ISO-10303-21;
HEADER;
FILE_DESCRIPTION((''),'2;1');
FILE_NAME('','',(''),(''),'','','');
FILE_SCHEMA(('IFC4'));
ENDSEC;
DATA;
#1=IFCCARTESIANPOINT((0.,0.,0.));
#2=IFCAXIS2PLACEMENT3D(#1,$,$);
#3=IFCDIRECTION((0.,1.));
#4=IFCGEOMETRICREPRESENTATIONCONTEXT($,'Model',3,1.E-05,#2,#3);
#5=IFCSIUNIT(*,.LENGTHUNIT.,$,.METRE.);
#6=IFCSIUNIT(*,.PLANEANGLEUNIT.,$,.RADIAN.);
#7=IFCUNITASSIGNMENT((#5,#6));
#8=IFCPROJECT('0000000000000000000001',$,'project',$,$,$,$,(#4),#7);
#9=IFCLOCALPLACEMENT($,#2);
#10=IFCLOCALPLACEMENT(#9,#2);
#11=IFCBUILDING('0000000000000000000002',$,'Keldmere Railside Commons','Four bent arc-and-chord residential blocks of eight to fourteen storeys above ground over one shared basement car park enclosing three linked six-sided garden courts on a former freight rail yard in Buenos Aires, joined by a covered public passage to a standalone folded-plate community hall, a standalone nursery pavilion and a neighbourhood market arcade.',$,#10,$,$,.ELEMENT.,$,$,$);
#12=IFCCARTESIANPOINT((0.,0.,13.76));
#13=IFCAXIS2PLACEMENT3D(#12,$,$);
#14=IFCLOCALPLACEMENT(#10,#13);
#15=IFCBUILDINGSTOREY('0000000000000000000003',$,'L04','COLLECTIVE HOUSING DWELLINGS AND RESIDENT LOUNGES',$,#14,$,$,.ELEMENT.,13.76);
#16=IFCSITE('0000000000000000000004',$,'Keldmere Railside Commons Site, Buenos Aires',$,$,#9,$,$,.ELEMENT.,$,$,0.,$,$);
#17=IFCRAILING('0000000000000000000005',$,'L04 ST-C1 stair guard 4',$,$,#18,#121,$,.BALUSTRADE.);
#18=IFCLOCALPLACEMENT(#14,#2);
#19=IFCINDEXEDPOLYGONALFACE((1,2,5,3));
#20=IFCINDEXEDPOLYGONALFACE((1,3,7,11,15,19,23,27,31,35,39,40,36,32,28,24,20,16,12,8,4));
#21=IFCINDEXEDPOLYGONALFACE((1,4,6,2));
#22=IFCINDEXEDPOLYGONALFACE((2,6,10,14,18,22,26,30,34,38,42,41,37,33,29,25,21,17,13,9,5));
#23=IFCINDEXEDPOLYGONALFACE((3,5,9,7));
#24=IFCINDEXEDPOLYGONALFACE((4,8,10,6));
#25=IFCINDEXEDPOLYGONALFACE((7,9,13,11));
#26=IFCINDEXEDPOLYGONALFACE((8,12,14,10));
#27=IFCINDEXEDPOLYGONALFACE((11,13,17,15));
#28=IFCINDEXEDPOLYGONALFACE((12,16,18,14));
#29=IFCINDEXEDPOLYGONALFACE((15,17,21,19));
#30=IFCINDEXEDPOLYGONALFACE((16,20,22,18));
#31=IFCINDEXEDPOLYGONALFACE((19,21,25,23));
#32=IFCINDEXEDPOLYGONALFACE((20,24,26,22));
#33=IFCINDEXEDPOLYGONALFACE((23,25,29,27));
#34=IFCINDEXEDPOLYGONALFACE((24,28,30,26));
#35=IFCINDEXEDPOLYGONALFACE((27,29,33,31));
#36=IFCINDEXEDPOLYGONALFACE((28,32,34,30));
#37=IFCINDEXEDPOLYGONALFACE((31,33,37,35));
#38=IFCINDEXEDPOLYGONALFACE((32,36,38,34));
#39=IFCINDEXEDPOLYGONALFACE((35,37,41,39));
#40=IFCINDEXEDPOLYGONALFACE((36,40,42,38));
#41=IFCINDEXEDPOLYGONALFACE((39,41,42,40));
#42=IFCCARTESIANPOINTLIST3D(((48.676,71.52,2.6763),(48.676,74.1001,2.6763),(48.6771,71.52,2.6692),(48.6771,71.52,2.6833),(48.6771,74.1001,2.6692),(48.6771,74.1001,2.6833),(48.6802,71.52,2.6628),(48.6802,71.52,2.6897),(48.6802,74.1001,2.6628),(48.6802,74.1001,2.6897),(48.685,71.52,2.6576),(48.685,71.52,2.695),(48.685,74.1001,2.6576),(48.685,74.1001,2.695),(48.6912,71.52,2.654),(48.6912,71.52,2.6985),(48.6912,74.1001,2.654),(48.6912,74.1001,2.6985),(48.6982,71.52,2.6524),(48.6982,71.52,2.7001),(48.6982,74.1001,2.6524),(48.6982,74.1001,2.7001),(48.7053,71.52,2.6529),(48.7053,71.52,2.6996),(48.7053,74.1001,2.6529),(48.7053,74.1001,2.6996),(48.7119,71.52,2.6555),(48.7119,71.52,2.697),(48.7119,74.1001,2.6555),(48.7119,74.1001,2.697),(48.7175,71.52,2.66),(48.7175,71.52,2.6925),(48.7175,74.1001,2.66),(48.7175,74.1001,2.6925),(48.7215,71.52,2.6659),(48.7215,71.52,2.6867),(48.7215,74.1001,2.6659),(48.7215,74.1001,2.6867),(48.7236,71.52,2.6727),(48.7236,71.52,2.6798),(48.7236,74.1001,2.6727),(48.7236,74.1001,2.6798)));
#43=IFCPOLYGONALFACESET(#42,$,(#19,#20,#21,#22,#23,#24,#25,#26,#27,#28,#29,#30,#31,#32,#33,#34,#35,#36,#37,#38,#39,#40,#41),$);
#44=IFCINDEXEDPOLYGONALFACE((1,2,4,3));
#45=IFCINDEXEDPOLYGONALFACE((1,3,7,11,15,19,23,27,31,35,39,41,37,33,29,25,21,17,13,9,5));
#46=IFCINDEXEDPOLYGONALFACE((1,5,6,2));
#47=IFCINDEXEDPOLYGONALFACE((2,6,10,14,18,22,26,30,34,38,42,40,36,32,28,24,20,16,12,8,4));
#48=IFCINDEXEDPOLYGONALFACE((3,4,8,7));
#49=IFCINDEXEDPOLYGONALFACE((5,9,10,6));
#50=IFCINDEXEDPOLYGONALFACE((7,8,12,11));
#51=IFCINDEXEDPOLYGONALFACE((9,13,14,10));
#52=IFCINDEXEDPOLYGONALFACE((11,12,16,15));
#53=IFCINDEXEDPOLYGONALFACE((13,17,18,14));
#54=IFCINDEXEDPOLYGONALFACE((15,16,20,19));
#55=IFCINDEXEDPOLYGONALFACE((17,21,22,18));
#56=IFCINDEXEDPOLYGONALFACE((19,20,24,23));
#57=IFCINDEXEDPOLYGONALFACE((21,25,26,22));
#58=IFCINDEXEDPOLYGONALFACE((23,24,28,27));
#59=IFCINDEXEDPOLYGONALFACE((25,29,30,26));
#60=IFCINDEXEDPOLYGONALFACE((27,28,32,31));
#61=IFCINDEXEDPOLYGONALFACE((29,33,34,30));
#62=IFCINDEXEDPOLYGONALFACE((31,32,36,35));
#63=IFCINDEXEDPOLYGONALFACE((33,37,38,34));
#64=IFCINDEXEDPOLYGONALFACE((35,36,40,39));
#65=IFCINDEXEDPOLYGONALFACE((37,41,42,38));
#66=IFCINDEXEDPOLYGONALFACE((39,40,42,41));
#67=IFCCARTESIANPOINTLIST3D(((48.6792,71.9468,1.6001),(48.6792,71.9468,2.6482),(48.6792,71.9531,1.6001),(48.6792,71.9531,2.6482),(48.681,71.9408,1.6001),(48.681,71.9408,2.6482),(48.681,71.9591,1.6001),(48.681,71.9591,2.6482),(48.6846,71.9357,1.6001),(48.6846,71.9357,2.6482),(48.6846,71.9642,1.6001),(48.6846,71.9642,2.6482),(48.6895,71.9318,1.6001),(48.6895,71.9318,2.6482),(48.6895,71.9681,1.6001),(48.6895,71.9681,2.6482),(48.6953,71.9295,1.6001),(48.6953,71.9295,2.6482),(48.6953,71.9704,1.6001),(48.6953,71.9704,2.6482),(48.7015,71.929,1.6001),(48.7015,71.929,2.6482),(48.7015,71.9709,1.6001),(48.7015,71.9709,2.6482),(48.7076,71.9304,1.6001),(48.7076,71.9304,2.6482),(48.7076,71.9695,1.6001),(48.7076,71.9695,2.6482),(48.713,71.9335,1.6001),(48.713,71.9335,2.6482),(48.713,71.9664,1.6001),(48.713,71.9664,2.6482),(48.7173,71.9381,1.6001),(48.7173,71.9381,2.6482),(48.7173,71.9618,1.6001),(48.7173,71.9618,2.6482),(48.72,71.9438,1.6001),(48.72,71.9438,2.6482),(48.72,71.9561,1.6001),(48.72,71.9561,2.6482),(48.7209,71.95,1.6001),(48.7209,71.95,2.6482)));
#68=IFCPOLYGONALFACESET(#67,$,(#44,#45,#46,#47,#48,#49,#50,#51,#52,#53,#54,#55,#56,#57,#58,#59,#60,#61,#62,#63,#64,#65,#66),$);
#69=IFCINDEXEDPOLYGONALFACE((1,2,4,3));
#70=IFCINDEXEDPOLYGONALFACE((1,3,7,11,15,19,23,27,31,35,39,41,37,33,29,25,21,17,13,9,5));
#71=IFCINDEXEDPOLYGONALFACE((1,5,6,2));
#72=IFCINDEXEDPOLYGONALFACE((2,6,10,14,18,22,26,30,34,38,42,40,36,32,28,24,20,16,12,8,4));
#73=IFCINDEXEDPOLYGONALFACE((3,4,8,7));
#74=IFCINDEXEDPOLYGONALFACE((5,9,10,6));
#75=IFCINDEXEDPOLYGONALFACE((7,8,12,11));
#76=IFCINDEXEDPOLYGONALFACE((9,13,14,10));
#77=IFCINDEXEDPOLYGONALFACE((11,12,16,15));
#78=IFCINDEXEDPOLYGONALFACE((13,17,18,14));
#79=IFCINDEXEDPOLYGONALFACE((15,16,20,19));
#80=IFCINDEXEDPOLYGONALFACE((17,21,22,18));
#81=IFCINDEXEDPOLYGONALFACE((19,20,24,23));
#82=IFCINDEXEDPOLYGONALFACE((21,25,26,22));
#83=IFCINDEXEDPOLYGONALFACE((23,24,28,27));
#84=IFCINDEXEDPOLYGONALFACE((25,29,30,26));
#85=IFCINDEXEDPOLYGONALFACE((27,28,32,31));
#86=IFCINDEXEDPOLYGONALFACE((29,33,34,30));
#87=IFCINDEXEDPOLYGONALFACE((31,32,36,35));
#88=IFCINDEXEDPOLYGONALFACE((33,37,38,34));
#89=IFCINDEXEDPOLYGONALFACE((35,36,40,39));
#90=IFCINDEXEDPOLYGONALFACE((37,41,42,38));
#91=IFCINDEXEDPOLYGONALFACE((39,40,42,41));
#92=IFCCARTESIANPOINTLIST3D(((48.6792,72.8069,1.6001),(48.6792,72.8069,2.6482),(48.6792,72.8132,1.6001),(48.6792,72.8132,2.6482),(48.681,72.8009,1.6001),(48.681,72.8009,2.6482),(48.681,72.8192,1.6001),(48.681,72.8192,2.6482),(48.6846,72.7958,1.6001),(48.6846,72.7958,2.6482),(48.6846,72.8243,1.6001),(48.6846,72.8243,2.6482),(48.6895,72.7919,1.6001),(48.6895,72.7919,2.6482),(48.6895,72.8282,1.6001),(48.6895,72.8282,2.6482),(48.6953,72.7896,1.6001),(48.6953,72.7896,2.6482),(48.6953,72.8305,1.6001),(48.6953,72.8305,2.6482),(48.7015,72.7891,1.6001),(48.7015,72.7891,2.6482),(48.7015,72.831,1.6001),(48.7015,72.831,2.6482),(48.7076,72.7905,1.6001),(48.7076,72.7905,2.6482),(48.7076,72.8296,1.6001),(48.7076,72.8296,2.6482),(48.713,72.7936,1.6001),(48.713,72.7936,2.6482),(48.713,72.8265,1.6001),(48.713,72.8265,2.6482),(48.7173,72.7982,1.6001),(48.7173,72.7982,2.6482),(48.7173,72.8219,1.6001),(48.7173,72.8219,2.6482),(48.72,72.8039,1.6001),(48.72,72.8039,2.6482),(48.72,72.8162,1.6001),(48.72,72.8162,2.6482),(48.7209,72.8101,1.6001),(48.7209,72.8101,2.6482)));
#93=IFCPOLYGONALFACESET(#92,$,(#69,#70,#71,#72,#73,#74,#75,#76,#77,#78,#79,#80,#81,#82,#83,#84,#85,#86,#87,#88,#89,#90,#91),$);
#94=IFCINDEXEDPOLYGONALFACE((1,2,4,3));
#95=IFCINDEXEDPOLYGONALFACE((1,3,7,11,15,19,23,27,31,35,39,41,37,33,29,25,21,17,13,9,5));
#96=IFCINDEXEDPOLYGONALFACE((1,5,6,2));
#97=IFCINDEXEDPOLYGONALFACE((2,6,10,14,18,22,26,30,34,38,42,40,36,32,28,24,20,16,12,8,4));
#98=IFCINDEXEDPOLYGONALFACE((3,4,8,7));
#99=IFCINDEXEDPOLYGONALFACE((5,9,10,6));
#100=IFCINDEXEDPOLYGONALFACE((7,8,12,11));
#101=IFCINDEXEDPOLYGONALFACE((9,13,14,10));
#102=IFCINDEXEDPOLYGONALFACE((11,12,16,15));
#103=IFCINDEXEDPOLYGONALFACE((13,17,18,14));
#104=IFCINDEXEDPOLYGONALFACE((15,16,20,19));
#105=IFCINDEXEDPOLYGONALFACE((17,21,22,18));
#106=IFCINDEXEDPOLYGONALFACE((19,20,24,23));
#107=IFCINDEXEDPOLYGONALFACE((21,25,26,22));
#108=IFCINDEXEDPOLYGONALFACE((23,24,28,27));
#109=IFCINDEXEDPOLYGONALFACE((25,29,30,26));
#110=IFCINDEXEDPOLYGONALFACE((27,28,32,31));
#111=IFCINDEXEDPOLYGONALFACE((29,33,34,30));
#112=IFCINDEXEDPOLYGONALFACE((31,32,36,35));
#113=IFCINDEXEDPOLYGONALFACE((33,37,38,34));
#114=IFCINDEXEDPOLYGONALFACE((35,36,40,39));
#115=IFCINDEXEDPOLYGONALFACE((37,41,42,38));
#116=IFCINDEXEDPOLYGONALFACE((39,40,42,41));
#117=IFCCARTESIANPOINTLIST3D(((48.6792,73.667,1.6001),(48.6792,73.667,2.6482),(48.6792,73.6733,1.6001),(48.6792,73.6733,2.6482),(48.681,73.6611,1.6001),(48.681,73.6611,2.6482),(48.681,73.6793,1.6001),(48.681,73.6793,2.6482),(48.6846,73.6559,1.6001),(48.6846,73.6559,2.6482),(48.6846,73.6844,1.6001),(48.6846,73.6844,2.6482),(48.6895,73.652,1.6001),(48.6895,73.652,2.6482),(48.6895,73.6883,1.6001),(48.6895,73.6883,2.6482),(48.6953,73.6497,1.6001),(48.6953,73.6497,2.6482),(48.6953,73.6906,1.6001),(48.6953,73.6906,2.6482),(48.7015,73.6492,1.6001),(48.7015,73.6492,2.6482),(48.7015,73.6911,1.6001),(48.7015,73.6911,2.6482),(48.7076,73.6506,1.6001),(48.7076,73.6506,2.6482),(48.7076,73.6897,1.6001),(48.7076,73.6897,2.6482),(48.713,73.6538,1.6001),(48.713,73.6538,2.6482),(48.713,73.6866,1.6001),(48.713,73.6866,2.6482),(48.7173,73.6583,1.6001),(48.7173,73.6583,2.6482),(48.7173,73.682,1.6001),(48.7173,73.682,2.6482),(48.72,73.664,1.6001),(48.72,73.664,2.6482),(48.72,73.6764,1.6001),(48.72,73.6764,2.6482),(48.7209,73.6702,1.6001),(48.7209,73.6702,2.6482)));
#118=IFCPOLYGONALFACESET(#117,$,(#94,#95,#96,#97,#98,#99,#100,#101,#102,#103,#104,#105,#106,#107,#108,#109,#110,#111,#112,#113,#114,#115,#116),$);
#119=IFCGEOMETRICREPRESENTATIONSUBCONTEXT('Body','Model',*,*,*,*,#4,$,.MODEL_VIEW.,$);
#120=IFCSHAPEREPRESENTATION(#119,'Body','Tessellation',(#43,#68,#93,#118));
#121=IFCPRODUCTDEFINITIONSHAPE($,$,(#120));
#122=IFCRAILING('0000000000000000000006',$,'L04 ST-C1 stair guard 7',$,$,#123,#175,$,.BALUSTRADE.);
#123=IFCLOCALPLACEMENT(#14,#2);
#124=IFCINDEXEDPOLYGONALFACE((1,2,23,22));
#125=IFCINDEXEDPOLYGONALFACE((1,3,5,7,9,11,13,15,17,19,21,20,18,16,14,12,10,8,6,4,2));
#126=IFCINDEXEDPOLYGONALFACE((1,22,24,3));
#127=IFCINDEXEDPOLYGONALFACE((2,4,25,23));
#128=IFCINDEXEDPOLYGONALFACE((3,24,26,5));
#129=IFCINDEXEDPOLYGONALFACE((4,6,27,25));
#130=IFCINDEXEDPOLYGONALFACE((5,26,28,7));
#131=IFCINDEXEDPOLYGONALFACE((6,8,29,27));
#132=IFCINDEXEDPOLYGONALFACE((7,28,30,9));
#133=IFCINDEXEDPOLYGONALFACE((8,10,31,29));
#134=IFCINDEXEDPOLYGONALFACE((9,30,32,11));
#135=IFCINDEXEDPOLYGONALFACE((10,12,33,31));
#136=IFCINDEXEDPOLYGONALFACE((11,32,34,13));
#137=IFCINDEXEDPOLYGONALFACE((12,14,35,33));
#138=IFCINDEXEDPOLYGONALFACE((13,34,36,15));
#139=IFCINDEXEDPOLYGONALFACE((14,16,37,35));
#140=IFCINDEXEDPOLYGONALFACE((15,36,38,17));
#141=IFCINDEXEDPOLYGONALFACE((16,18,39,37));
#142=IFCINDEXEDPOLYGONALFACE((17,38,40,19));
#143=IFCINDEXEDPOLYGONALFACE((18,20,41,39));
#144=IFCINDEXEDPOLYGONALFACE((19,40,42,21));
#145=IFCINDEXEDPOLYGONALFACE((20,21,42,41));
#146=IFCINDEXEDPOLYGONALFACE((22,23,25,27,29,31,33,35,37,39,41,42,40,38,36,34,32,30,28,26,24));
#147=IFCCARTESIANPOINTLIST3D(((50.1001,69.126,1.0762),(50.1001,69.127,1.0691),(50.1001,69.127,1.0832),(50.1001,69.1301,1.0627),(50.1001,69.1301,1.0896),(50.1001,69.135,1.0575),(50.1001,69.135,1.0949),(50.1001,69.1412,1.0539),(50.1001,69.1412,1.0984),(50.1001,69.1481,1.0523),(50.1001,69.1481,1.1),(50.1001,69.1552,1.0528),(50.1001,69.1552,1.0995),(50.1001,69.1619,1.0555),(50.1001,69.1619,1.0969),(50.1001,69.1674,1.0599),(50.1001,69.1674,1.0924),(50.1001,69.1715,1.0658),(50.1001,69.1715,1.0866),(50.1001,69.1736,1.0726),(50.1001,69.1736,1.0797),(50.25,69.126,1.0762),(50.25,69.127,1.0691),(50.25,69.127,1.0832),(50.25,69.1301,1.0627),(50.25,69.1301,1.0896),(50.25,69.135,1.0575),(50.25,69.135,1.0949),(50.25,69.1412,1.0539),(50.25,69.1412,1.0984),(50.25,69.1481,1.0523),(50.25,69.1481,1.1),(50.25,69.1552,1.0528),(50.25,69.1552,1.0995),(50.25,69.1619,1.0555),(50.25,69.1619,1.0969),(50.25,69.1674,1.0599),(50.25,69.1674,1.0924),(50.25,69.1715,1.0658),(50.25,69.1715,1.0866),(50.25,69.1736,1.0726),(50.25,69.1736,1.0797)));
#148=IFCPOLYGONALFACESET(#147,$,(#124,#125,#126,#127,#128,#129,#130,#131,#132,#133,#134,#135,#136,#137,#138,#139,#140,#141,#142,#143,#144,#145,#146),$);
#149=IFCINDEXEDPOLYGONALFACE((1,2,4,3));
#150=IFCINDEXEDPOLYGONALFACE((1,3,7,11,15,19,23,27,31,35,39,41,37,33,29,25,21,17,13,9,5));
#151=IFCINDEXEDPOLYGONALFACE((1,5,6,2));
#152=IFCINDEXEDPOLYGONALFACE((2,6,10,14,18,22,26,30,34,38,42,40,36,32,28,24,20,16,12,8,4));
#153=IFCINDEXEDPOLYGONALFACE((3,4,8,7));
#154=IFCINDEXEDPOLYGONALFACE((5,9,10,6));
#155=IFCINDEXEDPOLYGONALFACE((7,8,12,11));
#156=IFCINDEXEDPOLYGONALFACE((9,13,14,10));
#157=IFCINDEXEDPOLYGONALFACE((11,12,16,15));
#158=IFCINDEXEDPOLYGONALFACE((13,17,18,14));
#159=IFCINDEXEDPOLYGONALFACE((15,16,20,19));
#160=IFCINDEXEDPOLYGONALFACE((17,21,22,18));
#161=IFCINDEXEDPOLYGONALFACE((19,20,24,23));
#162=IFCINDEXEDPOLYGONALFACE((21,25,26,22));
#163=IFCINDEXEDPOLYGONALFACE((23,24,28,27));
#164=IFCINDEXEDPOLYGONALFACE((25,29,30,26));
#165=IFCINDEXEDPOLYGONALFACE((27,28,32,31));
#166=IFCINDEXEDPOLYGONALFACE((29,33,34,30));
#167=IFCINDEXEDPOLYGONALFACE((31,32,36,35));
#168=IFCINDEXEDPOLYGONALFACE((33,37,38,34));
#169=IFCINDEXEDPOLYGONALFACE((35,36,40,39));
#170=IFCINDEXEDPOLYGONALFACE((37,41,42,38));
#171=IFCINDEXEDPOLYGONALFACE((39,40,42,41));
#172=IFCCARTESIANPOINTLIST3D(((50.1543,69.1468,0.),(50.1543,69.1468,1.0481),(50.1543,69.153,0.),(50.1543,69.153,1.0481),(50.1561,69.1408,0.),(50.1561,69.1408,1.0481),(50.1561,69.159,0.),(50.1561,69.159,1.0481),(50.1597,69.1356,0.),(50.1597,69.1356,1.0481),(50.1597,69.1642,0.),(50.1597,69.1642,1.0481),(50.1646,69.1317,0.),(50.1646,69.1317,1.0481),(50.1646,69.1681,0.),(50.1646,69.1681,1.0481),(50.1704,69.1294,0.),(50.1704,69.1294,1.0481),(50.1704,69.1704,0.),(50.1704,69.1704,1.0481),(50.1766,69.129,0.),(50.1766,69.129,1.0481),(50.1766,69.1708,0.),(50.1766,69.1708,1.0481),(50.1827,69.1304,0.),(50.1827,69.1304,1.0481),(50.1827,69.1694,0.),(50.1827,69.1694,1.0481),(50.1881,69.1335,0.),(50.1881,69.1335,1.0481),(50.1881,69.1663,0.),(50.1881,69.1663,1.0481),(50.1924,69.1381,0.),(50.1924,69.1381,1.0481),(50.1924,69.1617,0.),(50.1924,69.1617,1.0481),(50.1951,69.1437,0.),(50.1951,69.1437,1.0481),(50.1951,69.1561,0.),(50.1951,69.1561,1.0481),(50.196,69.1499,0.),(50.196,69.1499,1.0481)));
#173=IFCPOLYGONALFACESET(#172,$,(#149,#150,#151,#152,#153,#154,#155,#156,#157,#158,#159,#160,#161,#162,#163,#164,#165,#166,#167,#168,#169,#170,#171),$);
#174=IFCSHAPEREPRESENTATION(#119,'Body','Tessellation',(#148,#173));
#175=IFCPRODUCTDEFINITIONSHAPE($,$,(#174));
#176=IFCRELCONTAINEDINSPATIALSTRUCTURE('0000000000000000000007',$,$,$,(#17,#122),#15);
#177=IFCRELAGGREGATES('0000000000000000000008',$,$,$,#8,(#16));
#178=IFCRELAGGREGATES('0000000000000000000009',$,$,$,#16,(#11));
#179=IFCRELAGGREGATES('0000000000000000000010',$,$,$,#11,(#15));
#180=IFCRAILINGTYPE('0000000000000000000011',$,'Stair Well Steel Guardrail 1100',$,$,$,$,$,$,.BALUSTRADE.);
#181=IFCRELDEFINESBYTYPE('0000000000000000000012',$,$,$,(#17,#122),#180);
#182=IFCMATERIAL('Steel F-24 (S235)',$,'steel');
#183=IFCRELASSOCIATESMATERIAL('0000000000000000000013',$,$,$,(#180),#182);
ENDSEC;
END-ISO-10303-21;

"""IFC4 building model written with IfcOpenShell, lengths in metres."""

from ifc_helpers import new_model, si_unit, direction, frame, origin, origin_2d, place, context, subcontext, project, spatial, circle, extrude, material, type_object, element, save


model = new_model("IFC4")

# Units and contexts
model_context = context("Model", 3, precision=1e-05, world=origin(), true_north=direction((0.0, 1.0)))
body_context = subcontext(model_context, "Body", "Model", "MODEL_VIEW")
ifc_project = project(units=[si_unit("LENGTHUNIT", "METRE"), si_unit("PLANEANGLEUNIT", "RADIAN")], contexts=[model_context])

# Site, building, storey
site_placement = place(None, origin())
site = spatial("IfcSite", under=ifc_project, at=site_placement, Name="Keldmere Railside Commons Site, Buenos Aires", CompositionType="ELEMENT", RefElevation=0.0)
building_placement = place(site_placement, origin())
building = spatial("IfcBuilding", under=site, at=building_placement, Name="Keldmere Railside Commons", Description="Four bent arc-and-chord residential blocks of eight to fourteen storeys above ground over one shared basement car park enclosing three linked six-sided garden courts on a former freight rail yard in Buenos Aires, joined by a covered public passage to a standalone folded-plate community hall, a standalone nursery pavilion and a neighbourhood market arcade.", CompositionType="ELEMENT")
storey_placement = place(building_placement, frame((0.0, 0.0, 13.76)))
storey = spatial("IfcBuildingStorey", under=building, at=storey_placement, Name="L04", Description="COLLECTIVE HOUSING DWELLINGS AND RESIDENT LOUNGES", CompositionType="ELEMENT", Elevation=13.76)

# Railings
ifc_material_1 = material(Name="Steel F-24 (S235)", Category="steel")
railing_type_1 = type_object("IfcRailingType", Name="Stair Well Steel Guardrail 1100", PredefinedType="BALUSTRADE", material=ifc_material_1)
railing_1_placement = place(storey_placement, frame((48.7, 71.52, 1.6001)))
element("IfcRailing", 1, at=railing_1_placement, inside=storey, type_object=railing_type_1, Name="L04 ST-C1 stair guard 4", PredefinedType="BALUSTRADE", context=body_context, shape_type="SweptSolid", body=[
    extrude(circle(Radius=0.0239, at=origin_2d()), frame((0.0, 0.0, 1.0762), z_axis=(0.0, 1.0, 0.0), x_axis=(-1.0, 0.0, 0.0)), (0.0, 0.0, 1.0), 2.5801),
    extrude(circle(Radius=0.021, at=origin_2d()), frame((0.0, 0.4299, 0.0)), (0.0, 0.0, 1.0), 1.0481),
    extrude(circle(Radius=0.021, at=origin_2d()), frame((0.0, 1.29, 0.0)), (0.0, 0.0, 1.0), 1.0481),
    extrude(circle(Radius=0.021, at=origin_2d()), frame((0.0, 2.1501, 0.0)), (0.0, 0.0, 1.0), 1.0481),
])
railing_2_placement = place(storey_placement, frame((50.25, 69.1499, 0.0)))
element("IfcRailing", 2, at=railing_2_placement, inside=storey, type_object=railing_type_1, Name="L04 ST-C1 stair guard 7", PredefinedType="BALUSTRADE", context=body_context, shape_type="SweptSolid", body=[
    extrude(circle(Radius=0.0239, at=origin_2d()), frame((0.0, 0.0, 1.0762), z_axis=(-1.0, 0.0, 0.0), x_axis=(0.0, -1.0, 0.0)), (0.0, 0.0, 1.0), 0.1499),
    extrude(circle(Radius=0.021, at=origin_2d()), frame((-0.075, 0.0, 0.0)), (0.0, 0.0, 1.0), 1.0481),
])

save(model, "model.ifc")
